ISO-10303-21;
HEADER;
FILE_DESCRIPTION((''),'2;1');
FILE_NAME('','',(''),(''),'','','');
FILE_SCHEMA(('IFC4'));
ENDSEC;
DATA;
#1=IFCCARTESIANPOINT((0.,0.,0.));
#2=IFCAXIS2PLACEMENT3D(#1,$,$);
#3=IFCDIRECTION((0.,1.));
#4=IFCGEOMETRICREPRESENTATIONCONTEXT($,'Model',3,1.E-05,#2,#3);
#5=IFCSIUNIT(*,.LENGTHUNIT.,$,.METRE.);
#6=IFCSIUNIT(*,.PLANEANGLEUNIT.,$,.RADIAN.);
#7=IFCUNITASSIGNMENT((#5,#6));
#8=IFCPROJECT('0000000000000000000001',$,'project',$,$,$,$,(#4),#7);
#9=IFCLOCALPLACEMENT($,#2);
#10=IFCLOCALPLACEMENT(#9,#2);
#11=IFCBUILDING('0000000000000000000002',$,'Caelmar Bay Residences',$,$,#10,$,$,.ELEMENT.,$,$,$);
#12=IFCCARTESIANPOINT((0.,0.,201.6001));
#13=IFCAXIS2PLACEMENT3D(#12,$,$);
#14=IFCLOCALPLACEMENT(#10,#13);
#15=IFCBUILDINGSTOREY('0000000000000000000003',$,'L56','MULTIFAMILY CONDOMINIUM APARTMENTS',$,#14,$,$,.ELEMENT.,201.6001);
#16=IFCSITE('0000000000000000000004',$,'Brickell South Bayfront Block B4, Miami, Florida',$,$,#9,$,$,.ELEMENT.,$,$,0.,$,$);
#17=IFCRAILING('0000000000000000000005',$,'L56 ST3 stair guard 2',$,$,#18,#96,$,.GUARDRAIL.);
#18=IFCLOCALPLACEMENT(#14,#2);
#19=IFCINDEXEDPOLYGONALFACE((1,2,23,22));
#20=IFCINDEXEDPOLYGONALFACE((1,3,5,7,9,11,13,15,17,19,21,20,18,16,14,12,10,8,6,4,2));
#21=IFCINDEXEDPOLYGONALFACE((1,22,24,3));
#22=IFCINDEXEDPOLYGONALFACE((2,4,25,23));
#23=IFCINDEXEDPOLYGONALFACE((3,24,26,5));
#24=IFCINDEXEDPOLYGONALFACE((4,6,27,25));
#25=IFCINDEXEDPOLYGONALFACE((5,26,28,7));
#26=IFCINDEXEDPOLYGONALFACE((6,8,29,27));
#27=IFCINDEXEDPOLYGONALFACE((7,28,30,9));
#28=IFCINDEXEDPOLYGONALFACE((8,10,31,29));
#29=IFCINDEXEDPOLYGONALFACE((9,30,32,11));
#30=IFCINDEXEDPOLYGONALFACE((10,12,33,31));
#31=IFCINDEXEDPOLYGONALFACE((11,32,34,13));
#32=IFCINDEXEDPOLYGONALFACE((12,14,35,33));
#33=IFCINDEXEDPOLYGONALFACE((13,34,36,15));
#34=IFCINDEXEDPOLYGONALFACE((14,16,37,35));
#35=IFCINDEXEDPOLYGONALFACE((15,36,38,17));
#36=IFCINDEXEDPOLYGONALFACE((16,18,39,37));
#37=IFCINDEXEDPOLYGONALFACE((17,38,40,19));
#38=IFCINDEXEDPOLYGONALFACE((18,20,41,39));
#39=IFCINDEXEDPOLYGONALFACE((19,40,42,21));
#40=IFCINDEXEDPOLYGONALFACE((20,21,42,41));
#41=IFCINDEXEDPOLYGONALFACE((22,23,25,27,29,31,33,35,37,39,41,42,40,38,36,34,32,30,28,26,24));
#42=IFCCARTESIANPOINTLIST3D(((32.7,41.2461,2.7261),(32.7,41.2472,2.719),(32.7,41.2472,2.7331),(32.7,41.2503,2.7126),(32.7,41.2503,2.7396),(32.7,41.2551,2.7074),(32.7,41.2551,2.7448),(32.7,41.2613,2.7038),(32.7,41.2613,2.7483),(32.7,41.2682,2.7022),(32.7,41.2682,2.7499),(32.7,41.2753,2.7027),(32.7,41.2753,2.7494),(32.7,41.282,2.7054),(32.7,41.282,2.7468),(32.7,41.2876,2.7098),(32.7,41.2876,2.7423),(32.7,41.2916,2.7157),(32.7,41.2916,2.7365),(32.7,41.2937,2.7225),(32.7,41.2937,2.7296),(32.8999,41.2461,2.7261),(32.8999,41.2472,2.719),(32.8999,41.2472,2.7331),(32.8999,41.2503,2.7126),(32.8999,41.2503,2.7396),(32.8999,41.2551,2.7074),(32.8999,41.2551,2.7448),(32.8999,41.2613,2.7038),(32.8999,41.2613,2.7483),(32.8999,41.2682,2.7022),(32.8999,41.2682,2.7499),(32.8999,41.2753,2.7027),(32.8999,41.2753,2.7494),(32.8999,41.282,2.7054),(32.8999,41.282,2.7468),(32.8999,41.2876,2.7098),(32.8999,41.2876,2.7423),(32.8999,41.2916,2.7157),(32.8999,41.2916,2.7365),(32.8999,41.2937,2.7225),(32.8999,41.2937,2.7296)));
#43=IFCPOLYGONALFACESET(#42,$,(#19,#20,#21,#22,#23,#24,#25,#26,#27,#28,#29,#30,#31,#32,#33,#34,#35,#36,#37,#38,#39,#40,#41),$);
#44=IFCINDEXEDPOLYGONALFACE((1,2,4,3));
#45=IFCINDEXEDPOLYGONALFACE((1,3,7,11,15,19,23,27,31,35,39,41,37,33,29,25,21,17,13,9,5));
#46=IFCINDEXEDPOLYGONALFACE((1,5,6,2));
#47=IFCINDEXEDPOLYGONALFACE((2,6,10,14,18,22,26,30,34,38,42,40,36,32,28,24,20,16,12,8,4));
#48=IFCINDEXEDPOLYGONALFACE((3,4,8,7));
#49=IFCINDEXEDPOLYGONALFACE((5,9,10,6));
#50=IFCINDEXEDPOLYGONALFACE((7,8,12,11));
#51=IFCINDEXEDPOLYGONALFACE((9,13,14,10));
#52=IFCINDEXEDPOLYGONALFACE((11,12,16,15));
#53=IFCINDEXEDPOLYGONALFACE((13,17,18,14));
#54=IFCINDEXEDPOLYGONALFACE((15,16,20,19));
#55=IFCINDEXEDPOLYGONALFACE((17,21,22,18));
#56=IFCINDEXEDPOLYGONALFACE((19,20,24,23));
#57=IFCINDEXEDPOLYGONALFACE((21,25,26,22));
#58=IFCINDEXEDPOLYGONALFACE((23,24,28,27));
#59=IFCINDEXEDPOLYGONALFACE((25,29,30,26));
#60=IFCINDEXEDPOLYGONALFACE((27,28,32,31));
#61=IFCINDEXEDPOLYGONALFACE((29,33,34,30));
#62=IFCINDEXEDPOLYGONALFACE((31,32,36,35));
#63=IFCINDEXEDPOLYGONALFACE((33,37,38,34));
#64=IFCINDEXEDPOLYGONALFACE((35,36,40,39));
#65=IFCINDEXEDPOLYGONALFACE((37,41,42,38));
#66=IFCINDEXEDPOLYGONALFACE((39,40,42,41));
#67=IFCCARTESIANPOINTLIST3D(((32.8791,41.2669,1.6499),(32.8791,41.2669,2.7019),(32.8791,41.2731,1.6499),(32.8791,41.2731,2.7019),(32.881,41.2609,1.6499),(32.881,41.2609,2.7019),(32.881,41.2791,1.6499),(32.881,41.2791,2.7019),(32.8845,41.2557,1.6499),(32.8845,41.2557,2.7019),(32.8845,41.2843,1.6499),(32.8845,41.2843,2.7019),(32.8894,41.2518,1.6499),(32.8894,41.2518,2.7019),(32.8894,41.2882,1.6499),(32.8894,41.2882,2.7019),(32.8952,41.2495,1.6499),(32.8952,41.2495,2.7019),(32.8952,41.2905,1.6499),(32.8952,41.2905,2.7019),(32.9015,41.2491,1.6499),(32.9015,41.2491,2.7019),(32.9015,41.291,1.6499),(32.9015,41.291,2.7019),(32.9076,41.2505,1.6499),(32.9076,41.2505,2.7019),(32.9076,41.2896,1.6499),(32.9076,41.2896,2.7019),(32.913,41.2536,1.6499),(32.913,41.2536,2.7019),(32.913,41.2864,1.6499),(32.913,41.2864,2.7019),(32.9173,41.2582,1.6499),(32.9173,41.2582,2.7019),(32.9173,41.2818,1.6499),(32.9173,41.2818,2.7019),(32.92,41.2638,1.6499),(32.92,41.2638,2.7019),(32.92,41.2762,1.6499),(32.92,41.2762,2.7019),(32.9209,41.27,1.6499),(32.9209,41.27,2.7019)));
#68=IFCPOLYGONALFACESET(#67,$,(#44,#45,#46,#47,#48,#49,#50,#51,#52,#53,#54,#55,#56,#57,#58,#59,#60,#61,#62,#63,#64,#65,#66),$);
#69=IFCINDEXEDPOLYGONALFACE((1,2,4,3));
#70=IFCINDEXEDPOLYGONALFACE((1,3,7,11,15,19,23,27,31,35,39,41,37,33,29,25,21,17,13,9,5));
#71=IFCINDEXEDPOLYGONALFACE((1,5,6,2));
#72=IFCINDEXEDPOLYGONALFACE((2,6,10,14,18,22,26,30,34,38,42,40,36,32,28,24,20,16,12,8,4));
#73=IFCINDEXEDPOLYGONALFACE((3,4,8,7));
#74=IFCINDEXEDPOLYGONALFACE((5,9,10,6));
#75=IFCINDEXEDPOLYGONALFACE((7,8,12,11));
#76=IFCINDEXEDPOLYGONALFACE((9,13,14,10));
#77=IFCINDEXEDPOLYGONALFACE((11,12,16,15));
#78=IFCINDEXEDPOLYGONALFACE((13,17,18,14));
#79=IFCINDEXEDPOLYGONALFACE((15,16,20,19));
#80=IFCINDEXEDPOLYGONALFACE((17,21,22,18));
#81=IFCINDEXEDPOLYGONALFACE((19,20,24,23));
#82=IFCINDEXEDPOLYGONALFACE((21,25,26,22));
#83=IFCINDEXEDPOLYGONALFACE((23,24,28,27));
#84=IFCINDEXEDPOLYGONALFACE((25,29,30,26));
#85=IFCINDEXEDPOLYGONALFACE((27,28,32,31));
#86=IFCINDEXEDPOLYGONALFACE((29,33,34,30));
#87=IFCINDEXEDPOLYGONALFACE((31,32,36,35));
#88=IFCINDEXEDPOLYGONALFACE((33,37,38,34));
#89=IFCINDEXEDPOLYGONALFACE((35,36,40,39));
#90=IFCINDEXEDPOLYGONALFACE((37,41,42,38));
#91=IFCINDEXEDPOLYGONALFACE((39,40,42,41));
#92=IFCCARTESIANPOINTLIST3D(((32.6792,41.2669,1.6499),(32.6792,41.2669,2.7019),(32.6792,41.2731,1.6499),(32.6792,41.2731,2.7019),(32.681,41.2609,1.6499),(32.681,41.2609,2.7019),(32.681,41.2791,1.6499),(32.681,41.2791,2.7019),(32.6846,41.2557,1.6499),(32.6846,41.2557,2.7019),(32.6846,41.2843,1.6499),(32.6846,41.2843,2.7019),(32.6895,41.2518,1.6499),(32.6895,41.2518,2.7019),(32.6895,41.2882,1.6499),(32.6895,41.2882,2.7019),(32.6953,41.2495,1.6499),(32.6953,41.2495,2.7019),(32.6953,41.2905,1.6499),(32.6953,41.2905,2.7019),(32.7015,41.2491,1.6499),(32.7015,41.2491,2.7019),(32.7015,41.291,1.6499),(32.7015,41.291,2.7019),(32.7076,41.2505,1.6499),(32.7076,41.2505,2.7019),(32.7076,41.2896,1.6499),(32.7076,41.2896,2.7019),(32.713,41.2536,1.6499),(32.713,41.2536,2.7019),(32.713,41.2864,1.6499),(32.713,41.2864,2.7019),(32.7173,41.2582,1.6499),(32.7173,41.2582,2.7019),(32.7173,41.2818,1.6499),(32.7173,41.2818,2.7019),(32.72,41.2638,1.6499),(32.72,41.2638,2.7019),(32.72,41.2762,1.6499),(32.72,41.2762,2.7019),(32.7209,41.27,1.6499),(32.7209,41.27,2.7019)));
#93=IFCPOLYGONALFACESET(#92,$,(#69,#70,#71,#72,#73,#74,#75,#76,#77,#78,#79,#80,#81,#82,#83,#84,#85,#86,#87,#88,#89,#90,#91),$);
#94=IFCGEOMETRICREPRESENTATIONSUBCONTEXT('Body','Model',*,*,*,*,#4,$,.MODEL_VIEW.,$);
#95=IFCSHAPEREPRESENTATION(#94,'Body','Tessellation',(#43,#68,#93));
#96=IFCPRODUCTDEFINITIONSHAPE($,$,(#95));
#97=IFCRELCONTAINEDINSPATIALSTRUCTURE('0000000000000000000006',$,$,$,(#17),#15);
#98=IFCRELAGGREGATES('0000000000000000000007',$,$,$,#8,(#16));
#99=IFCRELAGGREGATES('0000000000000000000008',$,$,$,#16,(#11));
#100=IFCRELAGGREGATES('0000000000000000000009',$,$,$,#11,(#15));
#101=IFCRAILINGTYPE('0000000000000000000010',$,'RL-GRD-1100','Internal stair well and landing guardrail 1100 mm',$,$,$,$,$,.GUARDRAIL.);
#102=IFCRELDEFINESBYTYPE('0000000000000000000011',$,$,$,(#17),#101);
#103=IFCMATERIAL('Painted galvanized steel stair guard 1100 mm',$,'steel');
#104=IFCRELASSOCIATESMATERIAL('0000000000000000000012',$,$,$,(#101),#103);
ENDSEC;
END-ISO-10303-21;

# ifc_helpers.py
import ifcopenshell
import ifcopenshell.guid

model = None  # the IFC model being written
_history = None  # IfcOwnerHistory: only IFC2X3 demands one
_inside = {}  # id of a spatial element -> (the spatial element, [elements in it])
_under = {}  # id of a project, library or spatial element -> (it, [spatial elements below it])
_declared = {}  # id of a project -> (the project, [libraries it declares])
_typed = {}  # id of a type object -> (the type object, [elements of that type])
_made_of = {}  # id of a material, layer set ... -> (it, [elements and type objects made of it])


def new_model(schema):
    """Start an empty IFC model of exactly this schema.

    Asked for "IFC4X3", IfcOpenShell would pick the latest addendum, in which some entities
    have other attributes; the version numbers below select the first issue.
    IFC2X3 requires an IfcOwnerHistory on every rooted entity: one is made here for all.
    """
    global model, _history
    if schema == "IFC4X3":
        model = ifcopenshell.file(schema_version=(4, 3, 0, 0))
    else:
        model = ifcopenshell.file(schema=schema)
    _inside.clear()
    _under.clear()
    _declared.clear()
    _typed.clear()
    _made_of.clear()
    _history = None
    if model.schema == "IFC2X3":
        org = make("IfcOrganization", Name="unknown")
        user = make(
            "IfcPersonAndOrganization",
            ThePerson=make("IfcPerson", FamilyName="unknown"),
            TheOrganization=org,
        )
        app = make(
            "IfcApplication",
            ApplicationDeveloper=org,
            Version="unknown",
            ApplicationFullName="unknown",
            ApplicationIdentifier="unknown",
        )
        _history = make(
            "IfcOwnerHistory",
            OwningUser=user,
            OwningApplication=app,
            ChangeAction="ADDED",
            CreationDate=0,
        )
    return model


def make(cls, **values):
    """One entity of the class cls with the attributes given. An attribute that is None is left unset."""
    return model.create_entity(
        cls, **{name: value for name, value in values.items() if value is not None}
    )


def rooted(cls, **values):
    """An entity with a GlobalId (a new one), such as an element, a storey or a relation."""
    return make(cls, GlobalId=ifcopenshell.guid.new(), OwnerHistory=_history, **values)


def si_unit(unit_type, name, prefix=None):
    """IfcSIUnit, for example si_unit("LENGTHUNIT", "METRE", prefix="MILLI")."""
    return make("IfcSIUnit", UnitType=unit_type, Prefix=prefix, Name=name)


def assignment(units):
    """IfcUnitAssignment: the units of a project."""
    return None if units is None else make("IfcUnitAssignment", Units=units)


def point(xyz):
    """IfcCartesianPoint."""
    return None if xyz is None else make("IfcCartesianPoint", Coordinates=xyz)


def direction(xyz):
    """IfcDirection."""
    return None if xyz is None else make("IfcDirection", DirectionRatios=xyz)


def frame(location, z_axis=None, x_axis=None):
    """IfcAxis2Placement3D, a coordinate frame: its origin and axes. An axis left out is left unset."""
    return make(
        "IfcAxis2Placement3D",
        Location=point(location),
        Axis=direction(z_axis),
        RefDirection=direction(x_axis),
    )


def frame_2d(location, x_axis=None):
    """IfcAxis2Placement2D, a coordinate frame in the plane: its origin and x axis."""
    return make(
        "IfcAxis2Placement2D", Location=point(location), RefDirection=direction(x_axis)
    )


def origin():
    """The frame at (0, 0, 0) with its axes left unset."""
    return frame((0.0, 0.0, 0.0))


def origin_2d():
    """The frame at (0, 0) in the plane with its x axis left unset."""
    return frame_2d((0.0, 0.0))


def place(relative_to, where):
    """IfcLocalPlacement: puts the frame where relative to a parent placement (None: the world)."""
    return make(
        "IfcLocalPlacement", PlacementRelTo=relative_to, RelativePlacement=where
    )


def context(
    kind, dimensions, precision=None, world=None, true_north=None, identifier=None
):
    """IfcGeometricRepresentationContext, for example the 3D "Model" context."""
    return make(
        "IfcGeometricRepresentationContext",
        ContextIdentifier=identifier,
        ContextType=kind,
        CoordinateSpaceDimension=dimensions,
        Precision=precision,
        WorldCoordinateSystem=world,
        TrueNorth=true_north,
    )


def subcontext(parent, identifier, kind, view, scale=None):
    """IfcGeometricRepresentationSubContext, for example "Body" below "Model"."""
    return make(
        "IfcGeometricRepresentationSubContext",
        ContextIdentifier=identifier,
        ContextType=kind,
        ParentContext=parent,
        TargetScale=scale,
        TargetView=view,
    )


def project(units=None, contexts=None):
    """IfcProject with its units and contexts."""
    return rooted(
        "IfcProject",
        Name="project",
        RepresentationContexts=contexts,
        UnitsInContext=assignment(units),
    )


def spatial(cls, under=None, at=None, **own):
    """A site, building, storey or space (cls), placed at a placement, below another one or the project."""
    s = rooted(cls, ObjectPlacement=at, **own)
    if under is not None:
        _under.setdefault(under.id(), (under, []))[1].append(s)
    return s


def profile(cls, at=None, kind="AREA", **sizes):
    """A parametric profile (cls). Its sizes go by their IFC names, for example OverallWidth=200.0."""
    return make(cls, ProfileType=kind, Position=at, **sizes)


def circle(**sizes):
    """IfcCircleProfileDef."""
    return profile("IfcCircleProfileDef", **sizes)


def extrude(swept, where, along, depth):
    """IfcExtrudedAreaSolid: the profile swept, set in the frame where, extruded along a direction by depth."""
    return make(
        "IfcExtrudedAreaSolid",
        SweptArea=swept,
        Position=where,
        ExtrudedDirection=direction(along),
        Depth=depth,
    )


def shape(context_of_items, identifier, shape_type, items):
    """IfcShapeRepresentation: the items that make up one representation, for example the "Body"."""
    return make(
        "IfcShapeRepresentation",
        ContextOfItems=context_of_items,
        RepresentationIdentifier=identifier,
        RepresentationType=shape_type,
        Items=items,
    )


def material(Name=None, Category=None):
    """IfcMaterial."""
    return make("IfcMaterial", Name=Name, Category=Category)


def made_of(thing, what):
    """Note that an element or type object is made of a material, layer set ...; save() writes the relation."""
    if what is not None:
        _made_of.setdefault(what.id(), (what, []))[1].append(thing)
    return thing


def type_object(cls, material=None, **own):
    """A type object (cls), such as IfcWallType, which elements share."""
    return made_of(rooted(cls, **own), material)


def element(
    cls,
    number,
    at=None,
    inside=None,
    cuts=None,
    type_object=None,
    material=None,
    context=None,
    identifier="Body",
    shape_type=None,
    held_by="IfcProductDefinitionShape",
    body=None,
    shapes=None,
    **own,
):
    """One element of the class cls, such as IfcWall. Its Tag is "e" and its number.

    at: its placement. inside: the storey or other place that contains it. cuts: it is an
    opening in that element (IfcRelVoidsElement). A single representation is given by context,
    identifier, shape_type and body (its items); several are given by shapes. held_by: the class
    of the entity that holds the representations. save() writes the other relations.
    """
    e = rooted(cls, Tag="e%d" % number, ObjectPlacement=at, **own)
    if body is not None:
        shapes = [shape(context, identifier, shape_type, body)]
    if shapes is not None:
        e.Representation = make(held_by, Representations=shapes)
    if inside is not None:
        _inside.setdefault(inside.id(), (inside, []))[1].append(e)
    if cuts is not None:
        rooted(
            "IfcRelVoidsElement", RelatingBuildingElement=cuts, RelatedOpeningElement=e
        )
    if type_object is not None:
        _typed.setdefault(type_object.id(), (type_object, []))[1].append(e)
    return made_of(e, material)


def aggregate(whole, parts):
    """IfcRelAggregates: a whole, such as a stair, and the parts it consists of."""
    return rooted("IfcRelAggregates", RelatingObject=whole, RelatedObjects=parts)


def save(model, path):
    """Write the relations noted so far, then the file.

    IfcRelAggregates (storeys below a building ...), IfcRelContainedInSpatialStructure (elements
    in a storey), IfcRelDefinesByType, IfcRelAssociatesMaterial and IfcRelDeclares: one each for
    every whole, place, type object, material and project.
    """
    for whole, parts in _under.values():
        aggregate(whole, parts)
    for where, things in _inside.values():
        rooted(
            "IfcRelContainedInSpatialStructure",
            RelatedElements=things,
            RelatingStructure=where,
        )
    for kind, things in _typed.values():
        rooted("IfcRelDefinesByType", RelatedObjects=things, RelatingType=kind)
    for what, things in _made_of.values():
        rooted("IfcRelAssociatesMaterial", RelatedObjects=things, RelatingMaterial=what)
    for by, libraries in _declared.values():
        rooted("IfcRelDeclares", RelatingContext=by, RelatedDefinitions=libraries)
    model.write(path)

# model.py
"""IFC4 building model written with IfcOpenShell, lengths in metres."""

from ifc_helpers import new_model, si_unit, direction, frame, origin, origin_2d, place, context, subcontext, project, spatial, circle, extrude, material, type_object, element, save


model = new_model("IFC4")

# Units and contexts
model_context = context("Model", 3, precision=1e-05, world=origin(), true_north=direction((0.0, 1.0)))
body_context = subcontext(model_context, "Body", "Model", "MODEL_VIEW")
ifc_project = project(units=[si_unit("LENGTHUNIT", "METRE"), si_unit("PLANEANGLEUNIT", "RADIAN")], contexts=[model_context])

# Site, building, storey
site_placement = place(None, origin())
site = spatial("IfcSite", under=ifc_project, at=site_placement, Name="Brickell South Bayfront Block B4, Miami, Florida", CompositionType="ELEMENT", RefElevation=0.0)
building_placement = place(site_placement, origin())
building = spatial("IfcBuilding", under=site, at=building_placement, Name="Caelmar Bay Residences", CompositionType="ELEMENT")
storey_placement = place(building_placement, frame((0.0, 0.0, 201.6001)))
storey = spatial("IfcBuildingStorey", under=building, at=storey_placement, Name="L56", Description="MULTIFAMILY CONDOMINIUM APARTMENTS", CompositionType="ELEMENT", Elevation=201.6001)

# Railing
ifc_material_1 = material(Name="Painted galvanized steel stair guard 1100 mm", Category="steel")
railing_type_1 = type_object("IfcRailingType", Name="RL-GRD-1100", Description="Internal stair well and landing guardrail 1100 mm", PredefinedType="GUARDRAIL", material=ifc_material_1)
railing_1_placement = place(storey_placement, frame((32.8999, 41.27, 1.6499)))
element("IfcRailing", 1, at=railing_1_placement, inside=storey, type_object=railing_type_1, Name="L56 ST3 stair guard 2", PredefinedType="GUARDRAIL", context=body_context, shape_type="SweptSolid", body=[
    extrude(circle(Radius=0.0239, at=origin_2d()), frame((0.0, 0.0, 1.0762), z_axis=(-1.0, 0.0, 0.0), x_axis=(0.0, -1.0, 0.0)), (0.0, 0.0, 1.0), 0.2),
    extrude(circle(Radius=0.021, at=origin_2d()), origin(), (0.0, 0.0, 1.0), 1.052),
    extrude(circle(Radius=0.021, at=origin_2d()), frame((-0.2, 0.0, 0.0)), (0.0, 0.0, 1.0), 1.052),
])

save(model, "model.ifc")
